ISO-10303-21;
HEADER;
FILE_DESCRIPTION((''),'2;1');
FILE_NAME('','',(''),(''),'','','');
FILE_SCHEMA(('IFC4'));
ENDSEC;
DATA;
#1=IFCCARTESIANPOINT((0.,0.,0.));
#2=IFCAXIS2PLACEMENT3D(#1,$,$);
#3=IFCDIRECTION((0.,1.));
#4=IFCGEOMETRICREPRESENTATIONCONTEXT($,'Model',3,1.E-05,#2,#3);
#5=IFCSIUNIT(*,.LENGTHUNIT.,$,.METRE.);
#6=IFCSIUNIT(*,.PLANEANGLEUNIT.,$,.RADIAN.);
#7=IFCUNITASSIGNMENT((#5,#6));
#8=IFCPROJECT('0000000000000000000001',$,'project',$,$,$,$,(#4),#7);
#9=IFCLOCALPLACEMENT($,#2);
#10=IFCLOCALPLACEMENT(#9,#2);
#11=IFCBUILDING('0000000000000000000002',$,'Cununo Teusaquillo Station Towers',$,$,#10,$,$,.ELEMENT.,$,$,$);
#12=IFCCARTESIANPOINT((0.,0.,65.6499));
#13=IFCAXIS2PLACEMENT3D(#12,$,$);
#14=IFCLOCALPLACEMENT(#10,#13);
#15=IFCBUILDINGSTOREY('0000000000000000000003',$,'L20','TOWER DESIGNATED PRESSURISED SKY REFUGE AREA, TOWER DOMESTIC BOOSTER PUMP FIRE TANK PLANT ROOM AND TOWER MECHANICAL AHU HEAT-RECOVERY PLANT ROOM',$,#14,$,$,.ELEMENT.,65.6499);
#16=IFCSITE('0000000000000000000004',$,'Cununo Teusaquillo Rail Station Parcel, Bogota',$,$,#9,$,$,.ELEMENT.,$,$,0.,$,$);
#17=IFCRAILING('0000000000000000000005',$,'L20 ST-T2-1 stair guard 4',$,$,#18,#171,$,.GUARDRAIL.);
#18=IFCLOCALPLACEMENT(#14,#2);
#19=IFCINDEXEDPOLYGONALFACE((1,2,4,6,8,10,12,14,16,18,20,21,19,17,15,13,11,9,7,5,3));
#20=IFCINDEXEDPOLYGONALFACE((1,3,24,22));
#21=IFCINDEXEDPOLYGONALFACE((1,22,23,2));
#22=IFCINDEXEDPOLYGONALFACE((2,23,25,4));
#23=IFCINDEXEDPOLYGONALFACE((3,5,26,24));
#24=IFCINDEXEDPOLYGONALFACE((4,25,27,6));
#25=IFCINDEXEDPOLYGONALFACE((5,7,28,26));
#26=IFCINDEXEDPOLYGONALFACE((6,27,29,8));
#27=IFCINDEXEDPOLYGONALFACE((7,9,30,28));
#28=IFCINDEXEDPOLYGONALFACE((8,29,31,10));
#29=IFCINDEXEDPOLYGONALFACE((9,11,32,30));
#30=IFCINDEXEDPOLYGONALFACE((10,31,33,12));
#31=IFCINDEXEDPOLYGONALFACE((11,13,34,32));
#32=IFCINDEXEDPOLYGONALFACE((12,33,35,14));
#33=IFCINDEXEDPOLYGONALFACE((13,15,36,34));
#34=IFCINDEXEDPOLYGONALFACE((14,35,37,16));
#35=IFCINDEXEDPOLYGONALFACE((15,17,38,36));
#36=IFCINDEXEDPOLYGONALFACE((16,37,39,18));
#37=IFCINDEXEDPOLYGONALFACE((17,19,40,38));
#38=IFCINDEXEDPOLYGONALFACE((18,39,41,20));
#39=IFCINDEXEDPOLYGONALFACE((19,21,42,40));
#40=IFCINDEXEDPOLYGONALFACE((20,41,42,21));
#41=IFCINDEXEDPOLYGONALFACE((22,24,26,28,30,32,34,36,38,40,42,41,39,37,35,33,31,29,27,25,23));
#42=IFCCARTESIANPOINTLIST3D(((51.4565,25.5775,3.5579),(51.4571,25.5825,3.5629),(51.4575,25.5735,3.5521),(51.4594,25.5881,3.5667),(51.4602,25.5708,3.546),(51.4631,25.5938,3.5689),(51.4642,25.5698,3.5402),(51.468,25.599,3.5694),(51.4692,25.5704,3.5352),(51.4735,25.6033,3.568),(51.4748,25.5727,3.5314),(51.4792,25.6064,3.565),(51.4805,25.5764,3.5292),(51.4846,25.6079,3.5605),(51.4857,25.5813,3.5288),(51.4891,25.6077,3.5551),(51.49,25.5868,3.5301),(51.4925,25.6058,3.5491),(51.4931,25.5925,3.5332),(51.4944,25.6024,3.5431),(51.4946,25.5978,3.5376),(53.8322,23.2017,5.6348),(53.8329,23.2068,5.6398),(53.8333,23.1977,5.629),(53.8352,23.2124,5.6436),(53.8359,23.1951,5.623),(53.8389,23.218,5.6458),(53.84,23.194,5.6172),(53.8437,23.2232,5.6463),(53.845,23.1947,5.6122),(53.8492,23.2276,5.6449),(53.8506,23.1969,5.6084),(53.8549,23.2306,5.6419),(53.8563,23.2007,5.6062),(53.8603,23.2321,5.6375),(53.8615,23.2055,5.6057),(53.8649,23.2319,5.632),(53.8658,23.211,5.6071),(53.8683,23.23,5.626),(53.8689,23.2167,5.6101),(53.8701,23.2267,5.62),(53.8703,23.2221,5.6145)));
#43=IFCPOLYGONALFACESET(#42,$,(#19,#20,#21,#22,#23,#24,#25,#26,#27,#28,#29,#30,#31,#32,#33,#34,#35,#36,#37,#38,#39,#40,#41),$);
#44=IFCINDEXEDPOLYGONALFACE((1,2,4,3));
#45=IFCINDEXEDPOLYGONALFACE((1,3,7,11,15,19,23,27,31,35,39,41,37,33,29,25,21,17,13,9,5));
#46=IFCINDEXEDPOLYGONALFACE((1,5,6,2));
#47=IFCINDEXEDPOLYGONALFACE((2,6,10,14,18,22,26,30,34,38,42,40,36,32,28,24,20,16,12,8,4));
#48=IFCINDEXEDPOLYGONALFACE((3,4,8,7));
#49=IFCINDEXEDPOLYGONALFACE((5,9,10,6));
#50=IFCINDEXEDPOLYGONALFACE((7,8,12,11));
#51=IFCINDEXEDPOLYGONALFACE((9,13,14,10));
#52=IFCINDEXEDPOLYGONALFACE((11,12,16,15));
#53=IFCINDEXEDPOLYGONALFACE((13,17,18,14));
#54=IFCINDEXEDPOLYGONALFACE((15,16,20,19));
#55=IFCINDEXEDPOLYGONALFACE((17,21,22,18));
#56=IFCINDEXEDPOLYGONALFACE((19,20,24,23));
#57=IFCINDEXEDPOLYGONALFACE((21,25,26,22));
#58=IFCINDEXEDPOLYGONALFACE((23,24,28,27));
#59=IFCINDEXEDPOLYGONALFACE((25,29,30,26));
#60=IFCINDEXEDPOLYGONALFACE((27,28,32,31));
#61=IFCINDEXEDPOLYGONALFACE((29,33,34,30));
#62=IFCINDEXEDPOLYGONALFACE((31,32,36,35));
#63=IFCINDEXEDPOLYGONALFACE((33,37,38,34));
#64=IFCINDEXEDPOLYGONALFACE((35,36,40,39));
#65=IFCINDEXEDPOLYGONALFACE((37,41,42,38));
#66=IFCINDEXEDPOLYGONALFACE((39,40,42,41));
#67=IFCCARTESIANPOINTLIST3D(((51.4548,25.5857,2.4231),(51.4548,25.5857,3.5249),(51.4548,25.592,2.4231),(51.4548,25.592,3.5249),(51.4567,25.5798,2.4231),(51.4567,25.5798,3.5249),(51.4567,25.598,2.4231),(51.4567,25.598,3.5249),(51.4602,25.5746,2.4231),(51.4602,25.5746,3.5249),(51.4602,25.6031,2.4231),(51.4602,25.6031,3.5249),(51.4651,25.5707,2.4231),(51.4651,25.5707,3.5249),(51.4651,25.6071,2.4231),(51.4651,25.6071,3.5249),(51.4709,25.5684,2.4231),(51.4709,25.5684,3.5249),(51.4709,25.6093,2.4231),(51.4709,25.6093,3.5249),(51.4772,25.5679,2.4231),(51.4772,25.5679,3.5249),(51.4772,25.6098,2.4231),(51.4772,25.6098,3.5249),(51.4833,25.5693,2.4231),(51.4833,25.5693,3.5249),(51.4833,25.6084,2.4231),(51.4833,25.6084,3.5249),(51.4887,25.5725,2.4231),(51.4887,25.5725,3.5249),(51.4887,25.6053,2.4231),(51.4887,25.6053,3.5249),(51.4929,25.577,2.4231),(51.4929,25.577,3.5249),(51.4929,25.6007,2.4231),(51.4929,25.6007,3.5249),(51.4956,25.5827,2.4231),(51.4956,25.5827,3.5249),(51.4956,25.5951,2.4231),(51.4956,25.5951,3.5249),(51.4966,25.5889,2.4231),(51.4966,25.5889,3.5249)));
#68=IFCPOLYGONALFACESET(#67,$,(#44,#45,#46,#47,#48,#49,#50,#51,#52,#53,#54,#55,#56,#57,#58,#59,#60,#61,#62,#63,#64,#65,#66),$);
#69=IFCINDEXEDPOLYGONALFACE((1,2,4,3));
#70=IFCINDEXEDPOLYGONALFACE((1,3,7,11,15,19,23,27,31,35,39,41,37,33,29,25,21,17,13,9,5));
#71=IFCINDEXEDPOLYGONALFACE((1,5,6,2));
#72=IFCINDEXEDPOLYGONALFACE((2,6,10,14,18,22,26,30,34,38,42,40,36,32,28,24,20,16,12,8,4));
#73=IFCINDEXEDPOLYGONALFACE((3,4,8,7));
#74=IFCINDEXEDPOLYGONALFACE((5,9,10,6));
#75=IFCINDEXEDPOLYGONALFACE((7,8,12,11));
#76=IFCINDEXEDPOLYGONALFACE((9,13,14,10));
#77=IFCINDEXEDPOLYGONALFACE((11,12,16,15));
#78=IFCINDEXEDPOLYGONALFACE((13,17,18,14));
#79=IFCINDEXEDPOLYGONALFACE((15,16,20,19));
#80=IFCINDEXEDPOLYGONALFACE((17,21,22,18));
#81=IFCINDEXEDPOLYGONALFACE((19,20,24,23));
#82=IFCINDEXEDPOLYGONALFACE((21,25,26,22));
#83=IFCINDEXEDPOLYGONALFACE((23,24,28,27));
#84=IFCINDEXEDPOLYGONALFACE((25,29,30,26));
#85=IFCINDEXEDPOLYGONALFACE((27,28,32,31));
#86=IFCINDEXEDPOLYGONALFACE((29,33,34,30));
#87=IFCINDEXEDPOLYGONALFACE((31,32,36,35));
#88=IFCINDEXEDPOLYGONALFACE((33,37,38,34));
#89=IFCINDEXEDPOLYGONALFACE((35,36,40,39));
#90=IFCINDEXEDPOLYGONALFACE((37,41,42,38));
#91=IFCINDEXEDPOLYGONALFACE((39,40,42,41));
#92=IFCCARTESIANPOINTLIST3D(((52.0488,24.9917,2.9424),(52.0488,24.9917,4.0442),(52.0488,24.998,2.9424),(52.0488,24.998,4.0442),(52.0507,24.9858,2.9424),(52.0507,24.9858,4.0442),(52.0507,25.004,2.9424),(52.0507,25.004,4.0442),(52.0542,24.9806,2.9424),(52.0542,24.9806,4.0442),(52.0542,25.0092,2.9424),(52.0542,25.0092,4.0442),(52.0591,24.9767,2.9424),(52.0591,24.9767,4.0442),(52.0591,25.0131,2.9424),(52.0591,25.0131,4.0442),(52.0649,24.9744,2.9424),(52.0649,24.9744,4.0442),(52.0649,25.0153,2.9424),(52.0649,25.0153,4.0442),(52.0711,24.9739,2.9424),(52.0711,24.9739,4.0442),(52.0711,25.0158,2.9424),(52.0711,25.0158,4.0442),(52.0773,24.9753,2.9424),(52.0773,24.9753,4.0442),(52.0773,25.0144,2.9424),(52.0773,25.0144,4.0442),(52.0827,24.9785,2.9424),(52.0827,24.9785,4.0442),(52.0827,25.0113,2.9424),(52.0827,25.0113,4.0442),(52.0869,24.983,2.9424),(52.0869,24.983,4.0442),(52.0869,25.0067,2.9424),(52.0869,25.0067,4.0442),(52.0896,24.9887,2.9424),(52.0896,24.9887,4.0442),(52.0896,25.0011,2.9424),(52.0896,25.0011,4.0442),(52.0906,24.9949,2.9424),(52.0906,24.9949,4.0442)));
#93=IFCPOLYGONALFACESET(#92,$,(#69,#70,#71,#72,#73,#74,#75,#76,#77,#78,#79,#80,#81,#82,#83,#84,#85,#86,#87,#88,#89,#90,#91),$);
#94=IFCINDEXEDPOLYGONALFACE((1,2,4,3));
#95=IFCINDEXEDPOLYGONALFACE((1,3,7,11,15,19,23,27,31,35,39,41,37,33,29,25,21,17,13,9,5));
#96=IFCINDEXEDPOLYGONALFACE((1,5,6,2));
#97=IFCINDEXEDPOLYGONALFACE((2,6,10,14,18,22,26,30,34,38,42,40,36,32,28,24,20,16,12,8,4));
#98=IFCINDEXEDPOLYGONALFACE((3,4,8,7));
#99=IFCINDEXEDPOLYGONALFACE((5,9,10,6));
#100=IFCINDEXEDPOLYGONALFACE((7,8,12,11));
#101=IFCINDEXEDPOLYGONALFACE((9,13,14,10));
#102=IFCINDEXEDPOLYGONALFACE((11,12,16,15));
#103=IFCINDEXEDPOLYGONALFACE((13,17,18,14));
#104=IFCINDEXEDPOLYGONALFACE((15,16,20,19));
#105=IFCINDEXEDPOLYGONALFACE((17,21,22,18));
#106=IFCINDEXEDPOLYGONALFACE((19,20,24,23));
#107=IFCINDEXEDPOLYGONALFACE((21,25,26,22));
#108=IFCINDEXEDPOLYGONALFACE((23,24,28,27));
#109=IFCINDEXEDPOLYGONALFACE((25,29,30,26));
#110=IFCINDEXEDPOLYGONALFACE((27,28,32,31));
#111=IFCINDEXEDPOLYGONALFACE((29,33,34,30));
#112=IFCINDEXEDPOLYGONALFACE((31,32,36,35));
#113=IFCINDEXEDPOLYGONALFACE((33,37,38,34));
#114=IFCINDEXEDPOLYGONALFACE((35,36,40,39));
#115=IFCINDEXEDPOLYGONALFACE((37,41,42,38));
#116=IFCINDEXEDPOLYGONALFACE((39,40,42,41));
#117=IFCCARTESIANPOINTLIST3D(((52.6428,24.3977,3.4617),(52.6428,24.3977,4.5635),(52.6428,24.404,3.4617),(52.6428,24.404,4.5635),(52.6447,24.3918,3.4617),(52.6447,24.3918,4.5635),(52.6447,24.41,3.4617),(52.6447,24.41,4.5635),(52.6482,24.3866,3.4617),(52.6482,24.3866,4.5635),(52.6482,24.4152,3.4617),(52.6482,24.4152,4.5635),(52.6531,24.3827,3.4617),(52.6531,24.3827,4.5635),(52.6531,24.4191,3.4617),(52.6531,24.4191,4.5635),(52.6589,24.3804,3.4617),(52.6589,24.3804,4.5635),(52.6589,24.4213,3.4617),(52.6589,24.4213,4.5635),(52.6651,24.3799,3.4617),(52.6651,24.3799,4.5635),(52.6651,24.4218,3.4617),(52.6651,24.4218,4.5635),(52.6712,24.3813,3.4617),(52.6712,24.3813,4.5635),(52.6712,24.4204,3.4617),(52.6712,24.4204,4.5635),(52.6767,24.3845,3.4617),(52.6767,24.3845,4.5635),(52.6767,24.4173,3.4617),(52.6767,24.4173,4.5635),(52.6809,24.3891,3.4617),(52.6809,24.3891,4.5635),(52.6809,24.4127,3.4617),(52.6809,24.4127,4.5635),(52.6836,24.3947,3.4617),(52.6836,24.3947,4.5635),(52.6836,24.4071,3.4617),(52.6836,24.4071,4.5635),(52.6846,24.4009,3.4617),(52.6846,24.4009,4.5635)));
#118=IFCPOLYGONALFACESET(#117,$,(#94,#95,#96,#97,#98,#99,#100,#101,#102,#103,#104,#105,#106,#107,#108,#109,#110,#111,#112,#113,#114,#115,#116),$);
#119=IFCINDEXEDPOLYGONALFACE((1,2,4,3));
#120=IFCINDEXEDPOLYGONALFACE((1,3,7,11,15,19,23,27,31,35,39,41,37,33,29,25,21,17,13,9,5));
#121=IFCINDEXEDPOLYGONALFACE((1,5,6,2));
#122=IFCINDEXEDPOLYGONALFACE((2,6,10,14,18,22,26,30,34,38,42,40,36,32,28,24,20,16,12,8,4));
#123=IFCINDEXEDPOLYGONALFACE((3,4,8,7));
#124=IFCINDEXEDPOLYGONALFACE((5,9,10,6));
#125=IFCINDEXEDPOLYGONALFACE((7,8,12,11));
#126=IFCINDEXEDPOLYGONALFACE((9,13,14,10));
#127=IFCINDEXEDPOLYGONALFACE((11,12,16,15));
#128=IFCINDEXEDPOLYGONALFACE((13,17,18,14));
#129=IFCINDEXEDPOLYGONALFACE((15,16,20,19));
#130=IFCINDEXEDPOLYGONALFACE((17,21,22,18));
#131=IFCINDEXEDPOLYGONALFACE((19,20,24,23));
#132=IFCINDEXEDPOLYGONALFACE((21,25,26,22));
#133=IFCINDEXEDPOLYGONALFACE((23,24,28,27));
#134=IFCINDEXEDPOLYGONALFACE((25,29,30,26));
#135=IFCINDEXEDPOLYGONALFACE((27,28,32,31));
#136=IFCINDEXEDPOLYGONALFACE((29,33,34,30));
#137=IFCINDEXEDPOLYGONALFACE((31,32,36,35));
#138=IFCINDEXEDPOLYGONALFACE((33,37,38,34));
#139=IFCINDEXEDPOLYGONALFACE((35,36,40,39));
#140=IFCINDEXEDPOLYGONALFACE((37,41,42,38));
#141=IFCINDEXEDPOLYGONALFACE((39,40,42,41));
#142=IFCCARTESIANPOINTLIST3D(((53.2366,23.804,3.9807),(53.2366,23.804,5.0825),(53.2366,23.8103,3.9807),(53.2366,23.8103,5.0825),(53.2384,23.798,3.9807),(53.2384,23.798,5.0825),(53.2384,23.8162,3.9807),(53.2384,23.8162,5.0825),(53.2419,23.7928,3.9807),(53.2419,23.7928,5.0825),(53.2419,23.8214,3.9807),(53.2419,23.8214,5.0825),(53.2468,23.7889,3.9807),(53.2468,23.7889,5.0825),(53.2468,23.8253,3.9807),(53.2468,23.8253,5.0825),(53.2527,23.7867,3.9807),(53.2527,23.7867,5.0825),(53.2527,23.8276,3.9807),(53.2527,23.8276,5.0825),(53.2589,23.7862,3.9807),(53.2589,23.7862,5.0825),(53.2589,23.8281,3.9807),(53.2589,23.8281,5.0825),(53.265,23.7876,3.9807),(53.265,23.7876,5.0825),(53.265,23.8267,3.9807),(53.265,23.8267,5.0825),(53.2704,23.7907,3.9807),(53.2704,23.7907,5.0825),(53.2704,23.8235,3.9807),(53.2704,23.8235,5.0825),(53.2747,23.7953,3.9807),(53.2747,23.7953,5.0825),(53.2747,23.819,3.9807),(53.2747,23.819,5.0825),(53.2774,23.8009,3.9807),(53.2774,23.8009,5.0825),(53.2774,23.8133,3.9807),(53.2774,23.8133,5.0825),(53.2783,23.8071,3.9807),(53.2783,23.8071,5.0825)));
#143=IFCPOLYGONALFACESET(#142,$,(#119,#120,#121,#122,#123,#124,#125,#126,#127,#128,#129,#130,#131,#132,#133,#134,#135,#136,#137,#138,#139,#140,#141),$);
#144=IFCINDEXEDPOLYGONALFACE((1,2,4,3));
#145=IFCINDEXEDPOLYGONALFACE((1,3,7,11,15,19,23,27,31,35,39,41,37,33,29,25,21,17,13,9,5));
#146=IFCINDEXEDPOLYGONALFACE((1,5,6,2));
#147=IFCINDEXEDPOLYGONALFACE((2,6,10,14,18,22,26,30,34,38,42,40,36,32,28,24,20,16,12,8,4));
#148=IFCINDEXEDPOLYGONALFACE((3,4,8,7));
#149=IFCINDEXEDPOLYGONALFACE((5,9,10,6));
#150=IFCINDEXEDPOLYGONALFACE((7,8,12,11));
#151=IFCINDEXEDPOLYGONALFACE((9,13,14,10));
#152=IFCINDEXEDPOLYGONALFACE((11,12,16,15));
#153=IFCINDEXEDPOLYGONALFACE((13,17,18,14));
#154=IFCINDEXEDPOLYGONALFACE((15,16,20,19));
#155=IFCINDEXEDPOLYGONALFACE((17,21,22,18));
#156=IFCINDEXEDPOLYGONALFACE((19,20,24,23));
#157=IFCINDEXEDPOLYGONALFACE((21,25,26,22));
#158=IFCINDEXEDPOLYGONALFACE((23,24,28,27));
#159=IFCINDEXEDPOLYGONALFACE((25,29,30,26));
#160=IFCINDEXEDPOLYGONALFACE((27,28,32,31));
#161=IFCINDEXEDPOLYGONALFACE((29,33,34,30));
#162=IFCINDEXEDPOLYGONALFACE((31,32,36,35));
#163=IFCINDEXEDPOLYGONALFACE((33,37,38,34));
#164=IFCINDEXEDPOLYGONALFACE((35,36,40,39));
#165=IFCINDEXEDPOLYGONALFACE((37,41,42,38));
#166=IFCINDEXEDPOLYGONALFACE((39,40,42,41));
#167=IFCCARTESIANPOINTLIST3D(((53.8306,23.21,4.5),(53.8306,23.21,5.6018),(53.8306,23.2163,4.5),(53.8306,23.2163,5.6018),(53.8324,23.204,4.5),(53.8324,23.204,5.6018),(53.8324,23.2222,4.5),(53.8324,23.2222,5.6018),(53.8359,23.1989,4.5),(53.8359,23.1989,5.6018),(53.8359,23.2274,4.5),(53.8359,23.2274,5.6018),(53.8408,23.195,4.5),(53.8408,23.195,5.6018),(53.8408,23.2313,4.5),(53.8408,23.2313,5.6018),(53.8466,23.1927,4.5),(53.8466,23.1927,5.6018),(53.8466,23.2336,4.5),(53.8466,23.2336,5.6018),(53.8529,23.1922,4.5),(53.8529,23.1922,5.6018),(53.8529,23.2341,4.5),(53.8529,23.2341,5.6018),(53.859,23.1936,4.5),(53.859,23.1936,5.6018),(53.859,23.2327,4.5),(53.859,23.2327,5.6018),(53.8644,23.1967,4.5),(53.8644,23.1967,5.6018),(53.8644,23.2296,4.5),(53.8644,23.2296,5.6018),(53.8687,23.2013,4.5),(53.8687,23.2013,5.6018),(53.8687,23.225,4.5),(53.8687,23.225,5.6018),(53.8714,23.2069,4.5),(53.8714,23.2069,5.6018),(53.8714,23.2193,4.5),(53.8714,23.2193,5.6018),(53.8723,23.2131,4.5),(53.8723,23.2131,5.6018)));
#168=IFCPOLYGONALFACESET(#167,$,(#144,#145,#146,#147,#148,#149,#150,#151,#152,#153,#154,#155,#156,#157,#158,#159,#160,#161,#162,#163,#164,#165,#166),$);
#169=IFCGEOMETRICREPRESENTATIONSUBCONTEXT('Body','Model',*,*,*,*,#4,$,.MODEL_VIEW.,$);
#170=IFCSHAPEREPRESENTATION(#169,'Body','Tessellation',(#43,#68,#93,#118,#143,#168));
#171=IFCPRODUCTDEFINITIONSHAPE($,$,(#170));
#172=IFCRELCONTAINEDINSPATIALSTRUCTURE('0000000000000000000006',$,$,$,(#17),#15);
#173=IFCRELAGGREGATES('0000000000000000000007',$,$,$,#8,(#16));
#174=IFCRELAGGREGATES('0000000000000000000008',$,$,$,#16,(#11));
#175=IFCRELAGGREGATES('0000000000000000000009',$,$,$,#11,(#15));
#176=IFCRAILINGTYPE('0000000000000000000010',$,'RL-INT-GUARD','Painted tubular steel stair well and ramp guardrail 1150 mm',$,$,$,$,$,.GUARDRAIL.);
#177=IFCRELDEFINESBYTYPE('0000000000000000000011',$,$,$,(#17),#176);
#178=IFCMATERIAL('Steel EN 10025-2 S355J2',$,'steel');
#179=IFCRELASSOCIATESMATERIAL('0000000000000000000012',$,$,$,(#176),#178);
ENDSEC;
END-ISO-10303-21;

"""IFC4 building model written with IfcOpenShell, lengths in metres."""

from ifc_helpers import new_model, si_unit, direction, frame, origin, origin_2d, place, context, subcontext, project, spatial, circle, extrude, material, type_object, element, save


model = new_model("IFC4")

# Units and contexts
model_context = context("Model", 3, precision=1e-05, world=origin(), true_north=direction((0.0, 1.0)))
body_context = subcontext(model_context, "Body", "Model", "MODEL_VIEW")
ifc_project = project(units=[si_unit("LENGTHUNIT", "METRE"), si_unit("PLANEANGLEUNIT", "RADIAN")], contexts=[model_context])

# Site, building, storey
site_placement = place(None, origin())
site = spatial("IfcSite", under=ifc_project, at=site_placement, Name="Cununo Teusaquillo Rail Station Parcel, Bogota", CompositionType="ELEMENT", RefElevation=0.0)
building_placement = place(site_placement, origin())
building = spatial("IfcBuilding", under=site, at=building_placement, Name="Cununo Teusaquillo Station Towers", CompositionType="ELEMENT")
storey_placement = place(building_placement, frame((0.0, 0.0, 65.6499)))
storey = spatial("IfcBuildingStorey", under=building, at=storey_placement, Name="L20", Description="TOWER DESIGNATED PRESSURISED SKY REFUGE AREA, TOWER DOMESTIC BOOSTER PUMP FIRE TANK PLANT ROOM AND TOWER MECHANICAL AHU HEAT-RECOVERY PLANT ROOM", CompositionType="ELEMENT", Elevation=65.6499)

# Railing
ifc_material_1 = material(Name="Steel EN 10025-2 S355J2", Category="steel")
railing_type_1 = type_object("IfcRailingType", Name="RL-INT-GUARD", Description="Painted tubular steel stair well and ramp guardrail 1150 mm", PredefinedType="GUARDRAIL", material=ifc_material_1)
railing_1_placement = place(storey_placement, frame((51.4756, 25.5889, 2.4231)))
element("IfcRailing", 1, at=railing_1_placement, inside=storey, type_object=railing_type_1, Name="L20 ST-T2-1 stair guard 4", PredefinedType="GUARDRAIL", context=body_context, shape_type="SweptSolid", body=[
    extrude(circle(Radius=0.0239, at=origin_2d()), frame((0.0, 0.0, 1.126), z_axis=(0.601466, -0.601466, 0.525811), x_axis=(0.707107, 0.707107, 0.0)), (0.0, 0.0, 1.0), 3.95),
    extrude(circle(Radius=0.021, at=origin_2d()), origin(), (0.0, 0.0, 1.0), 1.1018),
    extrude(circle(Radius=0.021, at=origin_2d()), frame((0.594, -0.594, 0.5193)), (0.0, 0.0, 1.0), 1.1018),
    extrude(circle(Radius=0.021, at=origin_2d()), frame((1.188, -1.188, 1.0386)), (0.0, 0.0, 1.0), 1.1018),
    extrude(circle(Radius=0.021, at=origin_2d()), frame((1.7817, -1.7817, 1.5576)), (0.0, 0.0, 1.0), 1.1018),
    extrude(circle(Radius=0.021, at=origin_2d()), frame((2.3757, -2.3757, 2.0769)), (0.0, 0.0, 1.0), 1.1018),
])

save(model, "model.ifc")
